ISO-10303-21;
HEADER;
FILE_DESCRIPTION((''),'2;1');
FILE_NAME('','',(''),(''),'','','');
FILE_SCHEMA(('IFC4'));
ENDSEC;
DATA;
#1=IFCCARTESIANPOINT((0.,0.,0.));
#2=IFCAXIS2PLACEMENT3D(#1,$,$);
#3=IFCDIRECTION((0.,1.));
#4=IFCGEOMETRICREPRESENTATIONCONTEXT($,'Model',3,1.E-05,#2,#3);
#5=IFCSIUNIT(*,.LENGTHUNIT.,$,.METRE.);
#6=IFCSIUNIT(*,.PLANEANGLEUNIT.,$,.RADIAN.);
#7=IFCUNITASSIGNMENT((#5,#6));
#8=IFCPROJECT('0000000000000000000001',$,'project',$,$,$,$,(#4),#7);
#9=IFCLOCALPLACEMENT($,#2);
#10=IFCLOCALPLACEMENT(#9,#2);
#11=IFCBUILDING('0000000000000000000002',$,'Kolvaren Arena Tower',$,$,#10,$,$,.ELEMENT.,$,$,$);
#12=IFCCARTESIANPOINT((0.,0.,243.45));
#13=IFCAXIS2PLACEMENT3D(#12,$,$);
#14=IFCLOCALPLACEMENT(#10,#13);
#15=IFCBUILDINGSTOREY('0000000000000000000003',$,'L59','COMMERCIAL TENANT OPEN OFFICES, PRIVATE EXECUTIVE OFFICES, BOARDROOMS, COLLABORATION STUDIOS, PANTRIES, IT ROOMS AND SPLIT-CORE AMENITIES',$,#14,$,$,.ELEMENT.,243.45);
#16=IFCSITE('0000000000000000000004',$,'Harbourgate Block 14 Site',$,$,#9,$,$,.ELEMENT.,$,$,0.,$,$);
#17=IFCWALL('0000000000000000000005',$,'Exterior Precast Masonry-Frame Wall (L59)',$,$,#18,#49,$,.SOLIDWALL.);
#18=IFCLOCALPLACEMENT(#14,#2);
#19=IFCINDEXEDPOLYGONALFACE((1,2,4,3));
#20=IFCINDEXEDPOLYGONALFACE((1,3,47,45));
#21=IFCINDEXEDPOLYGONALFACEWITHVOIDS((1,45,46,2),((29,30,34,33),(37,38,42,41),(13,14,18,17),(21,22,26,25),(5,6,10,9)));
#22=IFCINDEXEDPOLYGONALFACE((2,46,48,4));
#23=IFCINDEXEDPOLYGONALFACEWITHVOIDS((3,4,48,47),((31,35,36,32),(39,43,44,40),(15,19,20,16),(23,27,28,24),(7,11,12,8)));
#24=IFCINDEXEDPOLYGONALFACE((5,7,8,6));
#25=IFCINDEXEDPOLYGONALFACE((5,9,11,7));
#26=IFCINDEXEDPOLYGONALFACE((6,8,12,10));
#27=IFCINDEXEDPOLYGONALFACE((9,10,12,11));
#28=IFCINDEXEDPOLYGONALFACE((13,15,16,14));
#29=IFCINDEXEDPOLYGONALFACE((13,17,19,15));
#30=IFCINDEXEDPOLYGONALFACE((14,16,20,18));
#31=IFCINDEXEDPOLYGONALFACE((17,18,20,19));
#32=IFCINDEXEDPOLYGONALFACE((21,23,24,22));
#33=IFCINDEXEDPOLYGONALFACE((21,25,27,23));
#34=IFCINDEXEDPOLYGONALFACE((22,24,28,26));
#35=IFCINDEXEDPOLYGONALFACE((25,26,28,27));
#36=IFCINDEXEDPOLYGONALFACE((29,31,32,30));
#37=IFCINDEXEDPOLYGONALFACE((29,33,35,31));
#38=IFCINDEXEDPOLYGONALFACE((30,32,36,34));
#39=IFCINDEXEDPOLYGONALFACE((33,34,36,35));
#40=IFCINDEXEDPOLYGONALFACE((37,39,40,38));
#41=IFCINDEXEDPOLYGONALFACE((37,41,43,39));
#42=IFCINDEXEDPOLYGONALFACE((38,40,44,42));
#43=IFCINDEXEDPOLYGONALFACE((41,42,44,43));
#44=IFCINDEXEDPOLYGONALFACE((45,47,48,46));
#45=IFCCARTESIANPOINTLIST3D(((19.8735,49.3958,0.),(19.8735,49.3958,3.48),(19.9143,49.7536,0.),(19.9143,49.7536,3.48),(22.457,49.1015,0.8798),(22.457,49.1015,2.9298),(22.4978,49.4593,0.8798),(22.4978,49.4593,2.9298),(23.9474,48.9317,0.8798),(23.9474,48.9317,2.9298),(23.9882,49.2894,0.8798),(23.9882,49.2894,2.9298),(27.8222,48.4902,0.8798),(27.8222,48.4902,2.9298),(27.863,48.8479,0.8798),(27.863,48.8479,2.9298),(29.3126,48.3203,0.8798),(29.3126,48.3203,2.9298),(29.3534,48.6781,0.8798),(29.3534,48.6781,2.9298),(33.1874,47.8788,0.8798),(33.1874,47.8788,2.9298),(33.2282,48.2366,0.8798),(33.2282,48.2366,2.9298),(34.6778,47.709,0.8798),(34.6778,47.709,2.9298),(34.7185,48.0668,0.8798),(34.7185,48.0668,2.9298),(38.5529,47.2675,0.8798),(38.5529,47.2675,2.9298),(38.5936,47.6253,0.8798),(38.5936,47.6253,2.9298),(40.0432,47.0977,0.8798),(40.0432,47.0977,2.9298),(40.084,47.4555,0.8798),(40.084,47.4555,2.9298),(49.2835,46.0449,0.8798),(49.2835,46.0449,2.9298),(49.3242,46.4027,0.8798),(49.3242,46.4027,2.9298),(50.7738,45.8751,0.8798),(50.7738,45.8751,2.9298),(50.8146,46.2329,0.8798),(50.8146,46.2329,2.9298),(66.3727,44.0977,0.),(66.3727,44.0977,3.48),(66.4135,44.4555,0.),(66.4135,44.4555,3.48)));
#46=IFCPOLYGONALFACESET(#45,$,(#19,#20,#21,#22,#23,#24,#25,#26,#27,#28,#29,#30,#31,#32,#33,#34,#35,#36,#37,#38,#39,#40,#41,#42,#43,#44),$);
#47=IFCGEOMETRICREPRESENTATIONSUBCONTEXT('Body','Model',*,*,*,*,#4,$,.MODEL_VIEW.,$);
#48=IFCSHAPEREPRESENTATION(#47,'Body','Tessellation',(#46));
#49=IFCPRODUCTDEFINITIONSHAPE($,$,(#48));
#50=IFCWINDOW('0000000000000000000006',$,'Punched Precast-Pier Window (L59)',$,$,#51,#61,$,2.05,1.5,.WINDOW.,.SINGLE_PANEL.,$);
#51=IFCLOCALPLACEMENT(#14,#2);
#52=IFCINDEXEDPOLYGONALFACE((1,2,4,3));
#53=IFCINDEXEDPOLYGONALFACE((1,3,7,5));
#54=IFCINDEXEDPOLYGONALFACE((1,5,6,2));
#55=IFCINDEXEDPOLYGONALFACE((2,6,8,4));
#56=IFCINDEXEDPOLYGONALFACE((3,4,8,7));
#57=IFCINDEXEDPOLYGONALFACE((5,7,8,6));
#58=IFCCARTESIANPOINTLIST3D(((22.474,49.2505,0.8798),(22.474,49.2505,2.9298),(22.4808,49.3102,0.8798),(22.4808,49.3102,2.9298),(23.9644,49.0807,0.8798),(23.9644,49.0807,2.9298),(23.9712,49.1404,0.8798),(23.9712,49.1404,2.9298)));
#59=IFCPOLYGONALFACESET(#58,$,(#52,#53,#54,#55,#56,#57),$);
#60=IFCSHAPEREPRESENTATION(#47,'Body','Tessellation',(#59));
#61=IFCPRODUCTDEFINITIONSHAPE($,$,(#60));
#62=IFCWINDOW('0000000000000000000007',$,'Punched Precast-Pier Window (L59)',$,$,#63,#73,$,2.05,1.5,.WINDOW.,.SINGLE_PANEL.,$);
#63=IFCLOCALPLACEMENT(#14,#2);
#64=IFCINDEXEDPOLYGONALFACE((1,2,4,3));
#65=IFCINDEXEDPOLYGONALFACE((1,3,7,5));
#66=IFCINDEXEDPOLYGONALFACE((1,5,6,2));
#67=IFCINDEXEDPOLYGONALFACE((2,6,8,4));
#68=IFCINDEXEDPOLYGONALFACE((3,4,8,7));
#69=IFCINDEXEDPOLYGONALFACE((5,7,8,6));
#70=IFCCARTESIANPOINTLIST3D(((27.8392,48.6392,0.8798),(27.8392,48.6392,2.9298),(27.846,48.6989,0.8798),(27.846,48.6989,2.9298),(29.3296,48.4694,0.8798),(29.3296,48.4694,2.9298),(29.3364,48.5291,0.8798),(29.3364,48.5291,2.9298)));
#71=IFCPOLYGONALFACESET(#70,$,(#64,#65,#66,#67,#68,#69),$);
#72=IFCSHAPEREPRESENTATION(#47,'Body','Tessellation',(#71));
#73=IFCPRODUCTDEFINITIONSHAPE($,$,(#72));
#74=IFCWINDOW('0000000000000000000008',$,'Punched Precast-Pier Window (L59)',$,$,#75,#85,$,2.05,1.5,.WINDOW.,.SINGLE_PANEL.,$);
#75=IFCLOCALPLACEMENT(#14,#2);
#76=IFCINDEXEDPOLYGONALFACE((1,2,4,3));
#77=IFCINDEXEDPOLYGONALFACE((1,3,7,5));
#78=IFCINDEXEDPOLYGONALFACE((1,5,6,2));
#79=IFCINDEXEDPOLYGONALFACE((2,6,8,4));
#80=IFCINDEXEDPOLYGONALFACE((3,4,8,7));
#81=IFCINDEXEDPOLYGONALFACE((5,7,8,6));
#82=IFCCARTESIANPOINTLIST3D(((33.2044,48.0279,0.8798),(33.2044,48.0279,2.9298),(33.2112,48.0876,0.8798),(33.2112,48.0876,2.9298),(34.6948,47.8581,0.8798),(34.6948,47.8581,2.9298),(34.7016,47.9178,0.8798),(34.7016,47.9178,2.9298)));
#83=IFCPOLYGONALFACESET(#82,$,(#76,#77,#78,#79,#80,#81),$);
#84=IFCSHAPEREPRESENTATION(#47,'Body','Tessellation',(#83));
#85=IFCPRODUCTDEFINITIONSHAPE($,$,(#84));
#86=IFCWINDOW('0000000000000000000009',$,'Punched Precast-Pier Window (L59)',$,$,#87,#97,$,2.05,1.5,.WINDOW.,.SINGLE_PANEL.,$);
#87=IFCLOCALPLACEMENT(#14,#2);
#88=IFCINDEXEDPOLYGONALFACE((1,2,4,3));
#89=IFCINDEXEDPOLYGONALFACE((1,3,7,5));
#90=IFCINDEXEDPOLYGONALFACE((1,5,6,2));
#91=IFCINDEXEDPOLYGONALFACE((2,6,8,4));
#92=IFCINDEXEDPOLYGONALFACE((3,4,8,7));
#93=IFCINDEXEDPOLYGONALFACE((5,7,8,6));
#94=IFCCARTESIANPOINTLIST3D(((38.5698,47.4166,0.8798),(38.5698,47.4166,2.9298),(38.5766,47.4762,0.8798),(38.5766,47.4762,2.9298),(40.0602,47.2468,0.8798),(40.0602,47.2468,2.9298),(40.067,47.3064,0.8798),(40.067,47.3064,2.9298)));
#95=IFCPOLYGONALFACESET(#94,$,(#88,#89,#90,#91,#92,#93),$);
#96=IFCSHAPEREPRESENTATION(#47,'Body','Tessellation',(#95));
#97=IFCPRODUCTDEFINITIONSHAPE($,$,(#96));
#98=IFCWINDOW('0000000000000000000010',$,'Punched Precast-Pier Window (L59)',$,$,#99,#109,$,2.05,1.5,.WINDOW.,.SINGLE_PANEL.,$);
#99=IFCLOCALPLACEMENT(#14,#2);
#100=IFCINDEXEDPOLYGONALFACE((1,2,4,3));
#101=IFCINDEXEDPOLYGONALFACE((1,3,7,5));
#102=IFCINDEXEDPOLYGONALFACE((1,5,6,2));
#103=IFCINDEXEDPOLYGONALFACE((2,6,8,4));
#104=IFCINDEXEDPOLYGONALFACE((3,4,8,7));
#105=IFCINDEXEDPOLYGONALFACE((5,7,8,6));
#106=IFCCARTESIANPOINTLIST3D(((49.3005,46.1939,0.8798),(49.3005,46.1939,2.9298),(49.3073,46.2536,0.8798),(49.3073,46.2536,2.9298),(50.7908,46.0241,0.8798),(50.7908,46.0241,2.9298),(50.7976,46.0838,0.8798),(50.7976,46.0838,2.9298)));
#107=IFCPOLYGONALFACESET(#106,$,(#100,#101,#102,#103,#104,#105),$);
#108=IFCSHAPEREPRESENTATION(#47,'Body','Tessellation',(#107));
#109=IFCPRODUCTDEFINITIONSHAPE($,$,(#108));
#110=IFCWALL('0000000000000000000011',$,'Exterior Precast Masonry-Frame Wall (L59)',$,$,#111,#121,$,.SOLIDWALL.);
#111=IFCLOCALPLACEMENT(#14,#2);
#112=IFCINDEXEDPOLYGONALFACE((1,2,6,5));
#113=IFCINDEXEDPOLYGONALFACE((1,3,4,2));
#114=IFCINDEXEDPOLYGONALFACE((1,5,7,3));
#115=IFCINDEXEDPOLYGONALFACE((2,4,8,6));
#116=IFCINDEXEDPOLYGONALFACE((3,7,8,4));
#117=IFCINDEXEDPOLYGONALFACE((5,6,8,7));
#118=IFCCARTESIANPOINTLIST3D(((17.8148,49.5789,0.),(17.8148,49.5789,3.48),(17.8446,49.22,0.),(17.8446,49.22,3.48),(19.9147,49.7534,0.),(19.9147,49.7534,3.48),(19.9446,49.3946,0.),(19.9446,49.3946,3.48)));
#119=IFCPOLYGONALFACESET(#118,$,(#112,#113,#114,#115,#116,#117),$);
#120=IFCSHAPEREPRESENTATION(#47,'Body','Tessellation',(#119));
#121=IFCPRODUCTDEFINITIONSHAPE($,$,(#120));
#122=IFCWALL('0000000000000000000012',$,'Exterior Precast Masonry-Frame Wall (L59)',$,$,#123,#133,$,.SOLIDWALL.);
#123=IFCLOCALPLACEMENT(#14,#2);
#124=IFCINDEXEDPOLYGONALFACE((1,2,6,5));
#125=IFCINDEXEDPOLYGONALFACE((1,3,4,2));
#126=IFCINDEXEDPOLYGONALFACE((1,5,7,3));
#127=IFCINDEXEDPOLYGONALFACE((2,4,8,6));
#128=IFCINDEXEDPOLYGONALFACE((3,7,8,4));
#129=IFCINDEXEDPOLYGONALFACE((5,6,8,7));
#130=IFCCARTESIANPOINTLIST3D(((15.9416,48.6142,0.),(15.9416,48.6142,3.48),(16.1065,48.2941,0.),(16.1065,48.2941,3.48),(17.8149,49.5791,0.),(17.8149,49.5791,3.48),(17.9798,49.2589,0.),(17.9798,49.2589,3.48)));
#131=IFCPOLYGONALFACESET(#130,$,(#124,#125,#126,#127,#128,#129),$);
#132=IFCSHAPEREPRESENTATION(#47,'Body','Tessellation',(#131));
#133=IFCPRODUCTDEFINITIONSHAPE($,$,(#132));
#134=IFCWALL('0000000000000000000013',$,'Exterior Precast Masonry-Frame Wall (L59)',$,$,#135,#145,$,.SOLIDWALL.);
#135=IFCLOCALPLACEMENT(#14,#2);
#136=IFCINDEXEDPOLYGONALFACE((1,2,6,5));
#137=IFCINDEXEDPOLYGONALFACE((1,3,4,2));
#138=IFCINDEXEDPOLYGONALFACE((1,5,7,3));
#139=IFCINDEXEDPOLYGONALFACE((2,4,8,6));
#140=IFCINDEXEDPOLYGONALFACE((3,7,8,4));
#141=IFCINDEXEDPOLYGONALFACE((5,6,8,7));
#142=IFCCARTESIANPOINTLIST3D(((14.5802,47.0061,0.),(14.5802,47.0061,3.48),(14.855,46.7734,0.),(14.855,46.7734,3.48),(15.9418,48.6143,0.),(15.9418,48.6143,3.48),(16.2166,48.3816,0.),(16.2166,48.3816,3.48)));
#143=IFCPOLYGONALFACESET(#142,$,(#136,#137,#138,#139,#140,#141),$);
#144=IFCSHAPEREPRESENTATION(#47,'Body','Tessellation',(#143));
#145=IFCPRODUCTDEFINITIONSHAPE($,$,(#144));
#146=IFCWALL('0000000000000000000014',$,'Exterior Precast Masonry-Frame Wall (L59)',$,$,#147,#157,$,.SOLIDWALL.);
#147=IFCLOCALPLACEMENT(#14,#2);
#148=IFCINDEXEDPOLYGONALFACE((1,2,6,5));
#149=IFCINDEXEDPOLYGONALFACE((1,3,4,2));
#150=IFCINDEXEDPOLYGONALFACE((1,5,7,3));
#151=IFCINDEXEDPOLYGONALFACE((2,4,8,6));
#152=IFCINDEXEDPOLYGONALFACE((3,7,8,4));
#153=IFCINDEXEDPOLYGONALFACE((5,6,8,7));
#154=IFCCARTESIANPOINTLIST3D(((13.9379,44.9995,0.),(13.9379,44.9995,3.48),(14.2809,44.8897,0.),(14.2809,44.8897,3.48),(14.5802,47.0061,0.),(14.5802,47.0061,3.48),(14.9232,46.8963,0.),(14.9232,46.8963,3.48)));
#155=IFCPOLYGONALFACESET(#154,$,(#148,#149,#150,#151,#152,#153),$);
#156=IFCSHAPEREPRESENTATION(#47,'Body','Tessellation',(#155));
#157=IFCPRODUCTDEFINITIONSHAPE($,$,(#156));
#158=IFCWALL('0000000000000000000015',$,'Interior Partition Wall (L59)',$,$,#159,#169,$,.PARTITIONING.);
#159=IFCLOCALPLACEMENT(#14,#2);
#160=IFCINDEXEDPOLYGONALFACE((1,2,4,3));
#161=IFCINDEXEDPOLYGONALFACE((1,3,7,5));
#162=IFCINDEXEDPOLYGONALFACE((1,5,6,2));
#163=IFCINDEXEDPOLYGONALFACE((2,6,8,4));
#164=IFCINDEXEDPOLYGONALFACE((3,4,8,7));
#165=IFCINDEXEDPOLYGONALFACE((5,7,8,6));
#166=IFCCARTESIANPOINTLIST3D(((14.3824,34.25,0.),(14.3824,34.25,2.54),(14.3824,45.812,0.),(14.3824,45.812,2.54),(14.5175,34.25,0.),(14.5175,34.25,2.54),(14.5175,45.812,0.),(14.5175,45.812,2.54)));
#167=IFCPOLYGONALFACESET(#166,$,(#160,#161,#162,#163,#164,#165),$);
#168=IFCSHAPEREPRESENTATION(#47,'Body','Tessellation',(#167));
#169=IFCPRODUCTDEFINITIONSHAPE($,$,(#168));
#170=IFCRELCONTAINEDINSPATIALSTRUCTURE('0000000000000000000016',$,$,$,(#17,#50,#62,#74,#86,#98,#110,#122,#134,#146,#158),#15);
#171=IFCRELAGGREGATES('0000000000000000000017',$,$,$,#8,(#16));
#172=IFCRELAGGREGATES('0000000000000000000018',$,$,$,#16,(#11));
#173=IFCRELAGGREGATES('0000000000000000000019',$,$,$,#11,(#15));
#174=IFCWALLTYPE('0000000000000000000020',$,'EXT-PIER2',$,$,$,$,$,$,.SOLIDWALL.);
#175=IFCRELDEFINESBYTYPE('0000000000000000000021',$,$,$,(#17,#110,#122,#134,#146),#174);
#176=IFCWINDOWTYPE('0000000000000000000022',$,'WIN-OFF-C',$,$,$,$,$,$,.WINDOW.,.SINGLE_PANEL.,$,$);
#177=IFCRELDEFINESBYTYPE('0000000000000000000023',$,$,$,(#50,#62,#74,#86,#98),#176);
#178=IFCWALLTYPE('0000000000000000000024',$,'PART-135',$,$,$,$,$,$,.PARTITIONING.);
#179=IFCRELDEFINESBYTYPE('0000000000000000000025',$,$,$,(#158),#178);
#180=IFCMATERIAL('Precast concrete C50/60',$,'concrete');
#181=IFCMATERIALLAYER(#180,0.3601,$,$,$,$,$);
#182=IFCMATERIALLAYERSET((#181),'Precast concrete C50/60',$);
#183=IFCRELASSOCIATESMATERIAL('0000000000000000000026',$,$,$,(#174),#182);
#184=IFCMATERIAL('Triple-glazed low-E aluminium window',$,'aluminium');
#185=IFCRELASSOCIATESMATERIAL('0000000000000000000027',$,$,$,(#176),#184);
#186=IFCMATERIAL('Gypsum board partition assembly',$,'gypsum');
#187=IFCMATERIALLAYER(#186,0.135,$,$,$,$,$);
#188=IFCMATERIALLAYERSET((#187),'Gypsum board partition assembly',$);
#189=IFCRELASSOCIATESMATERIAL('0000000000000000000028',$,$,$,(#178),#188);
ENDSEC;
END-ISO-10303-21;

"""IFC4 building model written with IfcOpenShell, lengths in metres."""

from ifc_helpers import new_model, si_unit, direction, frame, frame_2d, origin, place, context, subcontext, project, spatial, rectangle, extrude, material, layer, layer_set, type_object, element, fill, save


model = new_model("IFC4")

# Units and contexts
model_context = context("Model", 3, precision=1e-05, world=origin(), true_north=direction((0.0, 1.0)))
body_context = subcontext(model_context, "Body", "Model", "MODEL_VIEW")
ifc_project = project(units=[si_unit("LENGTHUNIT", "METRE"), si_unit("PLANEANGLEUNIT", "RADIAN")], contexts=[model_context])

# Site, building, storey
site_placement = place(None, origin())
site = spatial("IfcSite", under=ifc_project, at=site_placement, Name="Harbourgate Block 14 Site", CompositionType="ELEMENT", RefElevation=0.0)
building_placement = place(site_placement, origin())
building = spatial("IfcBuilding", under=site, at=building_placement, Name="Kolvaren Arena Tower", CompositionType="ELEMENT")
storey_placement = place(building_placement, frame((0.0, 0.0, 243.45)))
storey = spatial("IfcBuildingStorey", under=building, at=storey_placement, Name="L59", Description="COMMERCIAL TENANT OPEN OFFICES, PRIVATE EXECUTIVE OFFICES, BOARDROOMS, COLLABORATION STUDIOS, PANTRIES, IT ROOMS AND SPLIT-CORE AMENITIES", CompositionType="ELEMENT", Elevation=243.45)

# Wall, openings, windows
ifc_material_1 = material(Name="Precast concrete C50/60", Category="concrete")
ifc_layer_1 = layer(ifc_material_1, 0.3601)
ifc_layer_set_1 = layer_set([ifc_layer_1], Name="Precast concrete C50/60")
wall_type_1 = type_object("IfcWallType", Name="EXT-PIER2", PredefinedType="SOLIDWALL", material=ifc_layer_set_1)
wall_1_placement = place(storey_placement, frame((19.894, 49.5747, 0.0), z_axis=(0.0, 0.0, 1.0), x_axis=(0.993571, -0.113207, 0.0)))
wall_1 = element("IfcWall", 1, at=wall_1_placement, inside=storey, type_object=wall_type_1, Name="Exterior Precast Masonry-Frame Wall (L59)", PredefinedType="SOLIDWALL", context=body_context, shape_type="SweptSolid", body=[
    extrude(rectangle(XDim=46.8, YDim=0.3601, at=frame_2d((23.3999, 0.0))), origin(), (0.0, 0.0, 1.0), 3.48),
])
opening_1_placement = place(wall_1_placement, frame((2.6001, 0.0, 0.8799)))
opening_1 = element("IfcOpeningElement", 2, at=opening_1_placement, cuts=wall_1, PredefinedType="OPENING", context=body_context, shape_type="SweptSolid", body=[
    extrude(rectangle(XDim=1.5, YDim=2.05, at=frame_2d((0.75, 1.0249))), frame((0.0, 0.1899, 0.0), z_axis=(0.0, -1.0, 0.0), x_axis=(1.0, 0.0, 0.0)), (0.0, 0.0, 1.0), 0.3801),
])
opening_2_placement = place(wall_1_placement, frame((8.0, 0.0, 0.8799)))
opening_2 = element("IfcOpeningElement", 3, at=opening_2_placement, cuts=wall_1, PredefinedType="OPENING", context=body_context, shape_type="SweptSolid", body=[
    extrude(rectangle(XDim=1.5, YDim=2.05, at=frame_2d((0.75, 1.0249))), frame((0.0, 0.1899, 0.0), z_axis=(0.0, -1.0, 0.0), x_axis=(1.0, 0.0, 0.0)), (0.0, 0.0, 1.0), 0.3801),
])
opening_3_placement = place(wall_1_placement, frame((13.3999, 0.0, 0.8799)))
opening_3 = element("IfcOpeningElement", 4, at=opening_3_placement, cuts=wall_1, PredefinedType="OPENING", context=body_context, shape_type="SweptSolid", body=[
    extrude(rectangle(XDim=1.5, YDim=2.05, at=frame_2d((0.75, 1.0249))), frame((0.0, 0.1899, 0.0), z_axis=(0.0, -1.0, 0.0), x_axis=(1.0, 0.0, 0.0)), (0.0, 0.0, 1.0), 0.3801),
])
opening_4_placement = place(wall_1_placement, frame((18.8, 0.0, 0.8799)))
opening_4 = element("IfcOpeningElement", 5, at=opening_4_placement, cuts=wall_1, PredefinedType="OPENING", context=body_context, shape_type="SweptSolid", body=[
    extrude(rectangle(XDim=1.5, YDim=2.05, at=frame_2d((0.75, 1.0249))), frame((0.0, 0.1899, 0.0), z_axis=(0.0, -1.0, 0.0), x_axis=(1.0, 0.0, 0.0)), (0.0, 0.0, 1.0), 0.3801),
])
opening_5_placement = place(wall_1_placement, frame((29.6001, 0.0, 0.8799)))
opening_5 = element("IfcOpeningElement", 6, at=opening_5_placement, cuts=wall_1, PredefinedType="OPENING", context=body_context, shape_type="SweptSolid", body=[
    extrude(rectangle(XDim=1.5, YDim=2.05, at=frame_2d((0.75, 1.0249))), frame((0.0, 0.1899, 0.0), z_axis=(0.0, -1.0, 0.0), x_axis=(1.0, 0.0, 0.0)), (0.0, 0.0, 1.0), 0.3801),
])
ifc_material_2 = material(Name="Triple-glazed low-E aluminium window", Category="aluminium")
window_type = type_object("IfcWindowType", Name="WIN-OFF-C", PartitioningType="SINGLE_PANEL", PredefinedType="WINDOW", material=ifc_material_2)
window_1_placement = place(opening_1_placement, origin())
window_1 = element("IfcWindow", 7, at=window_1_placement, inside=storey, type_object=window_type, Name="Punched Precast-Pier Window (L59)", OverallHeight=2.05, OverallWidth=1.5, PartitioningType="SINGLE_PANEL", PredefinedType="WINDOW", context=body_context, shape_type="SweptSolid", body=[
    extrude(rectangle(XDim=1.5, YDim=2.05, at=frame_2d((0.75, 1.0249))), frame((0.0, 0.03, 0.0), z_axis=(0.0, -1.0, 0.0), x_axis=(1.0, 0.0, 0.0)), (0.0, 0.0, 1.0), 0.0601),
])
fill(opening_1, window_1)
window_2_placement = place(opening_2_placement, origin())
window_2 = element("IfcWindow", 8, at=window_2_placement, inside=storey, type_object=window_type, Name="Punched Precast-Pier Window (L59)", OverallHeight=2.05, OverallWidth=1.5, PartitioningType="SINGLE_PANEL", PredefinedType="WINDOW", context=body_context, shape_type="SweptSolid", body=[
    extrude(rectangle(XDim=1.5, YDim=2.05, at=frame_2d((0.75, 1.0249))), frame((0.0, 0.03, 0.0), z_axis=(0.0, -1.0, 0.0), x_axis=(1.0, 0.0, 0.0)), (0.0, 0.0, 1.0), 0.0601),
])
fill(opening_2, window_2)
window_3_placement = place(opening_3_placement, origin())
window_3 = element("IfcWindow", 9, at=window_3_placement, inside=storey, type_object=window_type, Name="Punched Precast-Pier Window (L59)", OverallHeight=2.05, OverallWidth=1.5, PartitioningType="SINGLE_PANEL", PredefinedType="WINDOW", context=body_context, shape_type="SweptSolid", body=[
    extrude(rectangle(XDim=1.5, YDim=2.05, at=frame_2d((0.75, 1.0249))), frame((0.0, 0.03, 0.0), z_axis=(0.0, -1.0, 0.0), x_axis=(1.0, 0.0, 0.0)), (0.0, 0.0, 1.0), 0.0601),
])
fill(opening_3, window_3)
window_4_placement = place(opening_4_placement, origin())
window_4 = element("IfcWindow", 10, at=window_4_placement, inside=storey, type_object=window_type, Name="Punched Precast-Pier Window (L59)", OverallHeight=2.05, OverallWidth=1.5, PartitioningType="SINGLE_PANEL", PredefinedType="WINDOW", context=body_context, shape_type="SweptSolid", body=[
    extrude(rectangle(XDim=1.5, YDim=2.05, at=frame_2d((0.75, 1.0249))), frame((0.0, 0.03, 0.0), z_axis=(0.0, -1.0, 0.0), x_axis=(1.0, 0.0, 0.0)), (0.0, 0.0, 1.0), 0.0601),
])
fill(opening_4, window_4)
window_5_placement = place(opening_5_placement, origin())
window_5 = element("IfcWindow", 11, at=window_5_placement, inside=storey, type_object=window_type, Name="Punched Precast-Pier Window (L59)", OverallHeight=2.05, OverallWidth=1.5, PartitioningType="SINGLE_PANEL", PredefinedType="WINDOW", context=body_context, shape_type="SweptSolid", body=[
    extrude(rectangle(XDim=1.5, YDim=2.05, at=frame_2d((0.75, 1.0249))), frame((0.0, 0.03, 0.0), z_axis=(0.0, -1.0, 0.0), x_axis=(1.0, 0.0, 0.0)), (0.0, 0.0, 1.0), 0.0601),
])
fill(opening_5, window_5)

# Walls
for number, where, z_axis, x_axis, name in (
    (12, (17.8296, 49.3994, 0.0), (0.0, 0.0, 1.0), (0.996563, 0.082844, 0.0), "Exterior Precast Masonry-Frame Wall (L59)"),
    (13, (16.0239, 48.4541, 0.0), (0.0, 0.0, 1.0), (0.88901, 0.457887, 0.0), "Exterior Precast Masonry-Frame Wall (L59)"),
    (14, (14.7175, 46.8896, 0.0), (0.0, 0.0, 1.0), (0.646171, 0.763193, 0.0), "Exterior Precast Masonry-Frame Wall (L59)"),
):
    element("IfcWall", number, at=place(storey_placement, frame(where, z_axis=z_axis, x_axis=x_axis)), inside=storey, type_object=wall_type_1, Name=name, PredefinedType="SOLIDWALL", context=body_context, shape_type="SweptSolid", body=[
        extrude(rectangle(XDim=2.1072, YDim=0.3601, at=frame_2d((1.0537, 0.0))), origin(), (0.0, 0.0, 1.0), 3.48),
    ])
wall_2_placement = place(storey_placement, frame((14.1094, 44.9446, 0.0), z_axis=(0.0, 0.0, 1.0), x_axis=(0.304872, 0.952393, 0.0)))
element("IfcWall", 15, at=wall_2_placement, inside=storey, type_object=wall_type_1, Name="Exterior Precast Masonry-Frame Wall (L59)", PredefinedType="SOLIDWALL", context=body_context, shape_type="SweptSolid", body=[
    extrude(rectangle(XDim=2.1069, YDim=0.3601, at=frame_2d((1.0535, 0.0))), origin(), (0.0, 0.0, 1.0), 3.48),
])
ifc_material_3 = material(Name="Gypsum board partition assembly", Category="gypsum")
ifc_layer_2 = layer(ifc_material_3, 0.135)
ifc_layer_set_2 = layer_set([ifc_layer_2], Name="Gypsum board partition assembly")
wall_type_2 = type_object("IfcWallType", Name="PART-135", PredefinedType="PARTITIONING", material=ifc_layer_set_2)
wall_3_placement = place(storey_placement, frame((14.45, 34.25, 0.0), z_axis=(0.0, 0.0, 1.0), x_axis=(0.0, 1.0, 0.0)))
element("IfcWall", 16, at=wall_3_placement, inside=storey, type_object=wall_type_2, Name="Interior Partition Wall (L59)", PredefinedType="PARTITIONING", context=body_context, shape_type="SweptSolid", body=[
    extrude(rectangle(XDim=11.562, YDim=0.135, at=frame_2d((5.781, 0.0))), origin(), (0.0, 0.0, 1.0), 2.54),
])

save(model, "model.ifc")
